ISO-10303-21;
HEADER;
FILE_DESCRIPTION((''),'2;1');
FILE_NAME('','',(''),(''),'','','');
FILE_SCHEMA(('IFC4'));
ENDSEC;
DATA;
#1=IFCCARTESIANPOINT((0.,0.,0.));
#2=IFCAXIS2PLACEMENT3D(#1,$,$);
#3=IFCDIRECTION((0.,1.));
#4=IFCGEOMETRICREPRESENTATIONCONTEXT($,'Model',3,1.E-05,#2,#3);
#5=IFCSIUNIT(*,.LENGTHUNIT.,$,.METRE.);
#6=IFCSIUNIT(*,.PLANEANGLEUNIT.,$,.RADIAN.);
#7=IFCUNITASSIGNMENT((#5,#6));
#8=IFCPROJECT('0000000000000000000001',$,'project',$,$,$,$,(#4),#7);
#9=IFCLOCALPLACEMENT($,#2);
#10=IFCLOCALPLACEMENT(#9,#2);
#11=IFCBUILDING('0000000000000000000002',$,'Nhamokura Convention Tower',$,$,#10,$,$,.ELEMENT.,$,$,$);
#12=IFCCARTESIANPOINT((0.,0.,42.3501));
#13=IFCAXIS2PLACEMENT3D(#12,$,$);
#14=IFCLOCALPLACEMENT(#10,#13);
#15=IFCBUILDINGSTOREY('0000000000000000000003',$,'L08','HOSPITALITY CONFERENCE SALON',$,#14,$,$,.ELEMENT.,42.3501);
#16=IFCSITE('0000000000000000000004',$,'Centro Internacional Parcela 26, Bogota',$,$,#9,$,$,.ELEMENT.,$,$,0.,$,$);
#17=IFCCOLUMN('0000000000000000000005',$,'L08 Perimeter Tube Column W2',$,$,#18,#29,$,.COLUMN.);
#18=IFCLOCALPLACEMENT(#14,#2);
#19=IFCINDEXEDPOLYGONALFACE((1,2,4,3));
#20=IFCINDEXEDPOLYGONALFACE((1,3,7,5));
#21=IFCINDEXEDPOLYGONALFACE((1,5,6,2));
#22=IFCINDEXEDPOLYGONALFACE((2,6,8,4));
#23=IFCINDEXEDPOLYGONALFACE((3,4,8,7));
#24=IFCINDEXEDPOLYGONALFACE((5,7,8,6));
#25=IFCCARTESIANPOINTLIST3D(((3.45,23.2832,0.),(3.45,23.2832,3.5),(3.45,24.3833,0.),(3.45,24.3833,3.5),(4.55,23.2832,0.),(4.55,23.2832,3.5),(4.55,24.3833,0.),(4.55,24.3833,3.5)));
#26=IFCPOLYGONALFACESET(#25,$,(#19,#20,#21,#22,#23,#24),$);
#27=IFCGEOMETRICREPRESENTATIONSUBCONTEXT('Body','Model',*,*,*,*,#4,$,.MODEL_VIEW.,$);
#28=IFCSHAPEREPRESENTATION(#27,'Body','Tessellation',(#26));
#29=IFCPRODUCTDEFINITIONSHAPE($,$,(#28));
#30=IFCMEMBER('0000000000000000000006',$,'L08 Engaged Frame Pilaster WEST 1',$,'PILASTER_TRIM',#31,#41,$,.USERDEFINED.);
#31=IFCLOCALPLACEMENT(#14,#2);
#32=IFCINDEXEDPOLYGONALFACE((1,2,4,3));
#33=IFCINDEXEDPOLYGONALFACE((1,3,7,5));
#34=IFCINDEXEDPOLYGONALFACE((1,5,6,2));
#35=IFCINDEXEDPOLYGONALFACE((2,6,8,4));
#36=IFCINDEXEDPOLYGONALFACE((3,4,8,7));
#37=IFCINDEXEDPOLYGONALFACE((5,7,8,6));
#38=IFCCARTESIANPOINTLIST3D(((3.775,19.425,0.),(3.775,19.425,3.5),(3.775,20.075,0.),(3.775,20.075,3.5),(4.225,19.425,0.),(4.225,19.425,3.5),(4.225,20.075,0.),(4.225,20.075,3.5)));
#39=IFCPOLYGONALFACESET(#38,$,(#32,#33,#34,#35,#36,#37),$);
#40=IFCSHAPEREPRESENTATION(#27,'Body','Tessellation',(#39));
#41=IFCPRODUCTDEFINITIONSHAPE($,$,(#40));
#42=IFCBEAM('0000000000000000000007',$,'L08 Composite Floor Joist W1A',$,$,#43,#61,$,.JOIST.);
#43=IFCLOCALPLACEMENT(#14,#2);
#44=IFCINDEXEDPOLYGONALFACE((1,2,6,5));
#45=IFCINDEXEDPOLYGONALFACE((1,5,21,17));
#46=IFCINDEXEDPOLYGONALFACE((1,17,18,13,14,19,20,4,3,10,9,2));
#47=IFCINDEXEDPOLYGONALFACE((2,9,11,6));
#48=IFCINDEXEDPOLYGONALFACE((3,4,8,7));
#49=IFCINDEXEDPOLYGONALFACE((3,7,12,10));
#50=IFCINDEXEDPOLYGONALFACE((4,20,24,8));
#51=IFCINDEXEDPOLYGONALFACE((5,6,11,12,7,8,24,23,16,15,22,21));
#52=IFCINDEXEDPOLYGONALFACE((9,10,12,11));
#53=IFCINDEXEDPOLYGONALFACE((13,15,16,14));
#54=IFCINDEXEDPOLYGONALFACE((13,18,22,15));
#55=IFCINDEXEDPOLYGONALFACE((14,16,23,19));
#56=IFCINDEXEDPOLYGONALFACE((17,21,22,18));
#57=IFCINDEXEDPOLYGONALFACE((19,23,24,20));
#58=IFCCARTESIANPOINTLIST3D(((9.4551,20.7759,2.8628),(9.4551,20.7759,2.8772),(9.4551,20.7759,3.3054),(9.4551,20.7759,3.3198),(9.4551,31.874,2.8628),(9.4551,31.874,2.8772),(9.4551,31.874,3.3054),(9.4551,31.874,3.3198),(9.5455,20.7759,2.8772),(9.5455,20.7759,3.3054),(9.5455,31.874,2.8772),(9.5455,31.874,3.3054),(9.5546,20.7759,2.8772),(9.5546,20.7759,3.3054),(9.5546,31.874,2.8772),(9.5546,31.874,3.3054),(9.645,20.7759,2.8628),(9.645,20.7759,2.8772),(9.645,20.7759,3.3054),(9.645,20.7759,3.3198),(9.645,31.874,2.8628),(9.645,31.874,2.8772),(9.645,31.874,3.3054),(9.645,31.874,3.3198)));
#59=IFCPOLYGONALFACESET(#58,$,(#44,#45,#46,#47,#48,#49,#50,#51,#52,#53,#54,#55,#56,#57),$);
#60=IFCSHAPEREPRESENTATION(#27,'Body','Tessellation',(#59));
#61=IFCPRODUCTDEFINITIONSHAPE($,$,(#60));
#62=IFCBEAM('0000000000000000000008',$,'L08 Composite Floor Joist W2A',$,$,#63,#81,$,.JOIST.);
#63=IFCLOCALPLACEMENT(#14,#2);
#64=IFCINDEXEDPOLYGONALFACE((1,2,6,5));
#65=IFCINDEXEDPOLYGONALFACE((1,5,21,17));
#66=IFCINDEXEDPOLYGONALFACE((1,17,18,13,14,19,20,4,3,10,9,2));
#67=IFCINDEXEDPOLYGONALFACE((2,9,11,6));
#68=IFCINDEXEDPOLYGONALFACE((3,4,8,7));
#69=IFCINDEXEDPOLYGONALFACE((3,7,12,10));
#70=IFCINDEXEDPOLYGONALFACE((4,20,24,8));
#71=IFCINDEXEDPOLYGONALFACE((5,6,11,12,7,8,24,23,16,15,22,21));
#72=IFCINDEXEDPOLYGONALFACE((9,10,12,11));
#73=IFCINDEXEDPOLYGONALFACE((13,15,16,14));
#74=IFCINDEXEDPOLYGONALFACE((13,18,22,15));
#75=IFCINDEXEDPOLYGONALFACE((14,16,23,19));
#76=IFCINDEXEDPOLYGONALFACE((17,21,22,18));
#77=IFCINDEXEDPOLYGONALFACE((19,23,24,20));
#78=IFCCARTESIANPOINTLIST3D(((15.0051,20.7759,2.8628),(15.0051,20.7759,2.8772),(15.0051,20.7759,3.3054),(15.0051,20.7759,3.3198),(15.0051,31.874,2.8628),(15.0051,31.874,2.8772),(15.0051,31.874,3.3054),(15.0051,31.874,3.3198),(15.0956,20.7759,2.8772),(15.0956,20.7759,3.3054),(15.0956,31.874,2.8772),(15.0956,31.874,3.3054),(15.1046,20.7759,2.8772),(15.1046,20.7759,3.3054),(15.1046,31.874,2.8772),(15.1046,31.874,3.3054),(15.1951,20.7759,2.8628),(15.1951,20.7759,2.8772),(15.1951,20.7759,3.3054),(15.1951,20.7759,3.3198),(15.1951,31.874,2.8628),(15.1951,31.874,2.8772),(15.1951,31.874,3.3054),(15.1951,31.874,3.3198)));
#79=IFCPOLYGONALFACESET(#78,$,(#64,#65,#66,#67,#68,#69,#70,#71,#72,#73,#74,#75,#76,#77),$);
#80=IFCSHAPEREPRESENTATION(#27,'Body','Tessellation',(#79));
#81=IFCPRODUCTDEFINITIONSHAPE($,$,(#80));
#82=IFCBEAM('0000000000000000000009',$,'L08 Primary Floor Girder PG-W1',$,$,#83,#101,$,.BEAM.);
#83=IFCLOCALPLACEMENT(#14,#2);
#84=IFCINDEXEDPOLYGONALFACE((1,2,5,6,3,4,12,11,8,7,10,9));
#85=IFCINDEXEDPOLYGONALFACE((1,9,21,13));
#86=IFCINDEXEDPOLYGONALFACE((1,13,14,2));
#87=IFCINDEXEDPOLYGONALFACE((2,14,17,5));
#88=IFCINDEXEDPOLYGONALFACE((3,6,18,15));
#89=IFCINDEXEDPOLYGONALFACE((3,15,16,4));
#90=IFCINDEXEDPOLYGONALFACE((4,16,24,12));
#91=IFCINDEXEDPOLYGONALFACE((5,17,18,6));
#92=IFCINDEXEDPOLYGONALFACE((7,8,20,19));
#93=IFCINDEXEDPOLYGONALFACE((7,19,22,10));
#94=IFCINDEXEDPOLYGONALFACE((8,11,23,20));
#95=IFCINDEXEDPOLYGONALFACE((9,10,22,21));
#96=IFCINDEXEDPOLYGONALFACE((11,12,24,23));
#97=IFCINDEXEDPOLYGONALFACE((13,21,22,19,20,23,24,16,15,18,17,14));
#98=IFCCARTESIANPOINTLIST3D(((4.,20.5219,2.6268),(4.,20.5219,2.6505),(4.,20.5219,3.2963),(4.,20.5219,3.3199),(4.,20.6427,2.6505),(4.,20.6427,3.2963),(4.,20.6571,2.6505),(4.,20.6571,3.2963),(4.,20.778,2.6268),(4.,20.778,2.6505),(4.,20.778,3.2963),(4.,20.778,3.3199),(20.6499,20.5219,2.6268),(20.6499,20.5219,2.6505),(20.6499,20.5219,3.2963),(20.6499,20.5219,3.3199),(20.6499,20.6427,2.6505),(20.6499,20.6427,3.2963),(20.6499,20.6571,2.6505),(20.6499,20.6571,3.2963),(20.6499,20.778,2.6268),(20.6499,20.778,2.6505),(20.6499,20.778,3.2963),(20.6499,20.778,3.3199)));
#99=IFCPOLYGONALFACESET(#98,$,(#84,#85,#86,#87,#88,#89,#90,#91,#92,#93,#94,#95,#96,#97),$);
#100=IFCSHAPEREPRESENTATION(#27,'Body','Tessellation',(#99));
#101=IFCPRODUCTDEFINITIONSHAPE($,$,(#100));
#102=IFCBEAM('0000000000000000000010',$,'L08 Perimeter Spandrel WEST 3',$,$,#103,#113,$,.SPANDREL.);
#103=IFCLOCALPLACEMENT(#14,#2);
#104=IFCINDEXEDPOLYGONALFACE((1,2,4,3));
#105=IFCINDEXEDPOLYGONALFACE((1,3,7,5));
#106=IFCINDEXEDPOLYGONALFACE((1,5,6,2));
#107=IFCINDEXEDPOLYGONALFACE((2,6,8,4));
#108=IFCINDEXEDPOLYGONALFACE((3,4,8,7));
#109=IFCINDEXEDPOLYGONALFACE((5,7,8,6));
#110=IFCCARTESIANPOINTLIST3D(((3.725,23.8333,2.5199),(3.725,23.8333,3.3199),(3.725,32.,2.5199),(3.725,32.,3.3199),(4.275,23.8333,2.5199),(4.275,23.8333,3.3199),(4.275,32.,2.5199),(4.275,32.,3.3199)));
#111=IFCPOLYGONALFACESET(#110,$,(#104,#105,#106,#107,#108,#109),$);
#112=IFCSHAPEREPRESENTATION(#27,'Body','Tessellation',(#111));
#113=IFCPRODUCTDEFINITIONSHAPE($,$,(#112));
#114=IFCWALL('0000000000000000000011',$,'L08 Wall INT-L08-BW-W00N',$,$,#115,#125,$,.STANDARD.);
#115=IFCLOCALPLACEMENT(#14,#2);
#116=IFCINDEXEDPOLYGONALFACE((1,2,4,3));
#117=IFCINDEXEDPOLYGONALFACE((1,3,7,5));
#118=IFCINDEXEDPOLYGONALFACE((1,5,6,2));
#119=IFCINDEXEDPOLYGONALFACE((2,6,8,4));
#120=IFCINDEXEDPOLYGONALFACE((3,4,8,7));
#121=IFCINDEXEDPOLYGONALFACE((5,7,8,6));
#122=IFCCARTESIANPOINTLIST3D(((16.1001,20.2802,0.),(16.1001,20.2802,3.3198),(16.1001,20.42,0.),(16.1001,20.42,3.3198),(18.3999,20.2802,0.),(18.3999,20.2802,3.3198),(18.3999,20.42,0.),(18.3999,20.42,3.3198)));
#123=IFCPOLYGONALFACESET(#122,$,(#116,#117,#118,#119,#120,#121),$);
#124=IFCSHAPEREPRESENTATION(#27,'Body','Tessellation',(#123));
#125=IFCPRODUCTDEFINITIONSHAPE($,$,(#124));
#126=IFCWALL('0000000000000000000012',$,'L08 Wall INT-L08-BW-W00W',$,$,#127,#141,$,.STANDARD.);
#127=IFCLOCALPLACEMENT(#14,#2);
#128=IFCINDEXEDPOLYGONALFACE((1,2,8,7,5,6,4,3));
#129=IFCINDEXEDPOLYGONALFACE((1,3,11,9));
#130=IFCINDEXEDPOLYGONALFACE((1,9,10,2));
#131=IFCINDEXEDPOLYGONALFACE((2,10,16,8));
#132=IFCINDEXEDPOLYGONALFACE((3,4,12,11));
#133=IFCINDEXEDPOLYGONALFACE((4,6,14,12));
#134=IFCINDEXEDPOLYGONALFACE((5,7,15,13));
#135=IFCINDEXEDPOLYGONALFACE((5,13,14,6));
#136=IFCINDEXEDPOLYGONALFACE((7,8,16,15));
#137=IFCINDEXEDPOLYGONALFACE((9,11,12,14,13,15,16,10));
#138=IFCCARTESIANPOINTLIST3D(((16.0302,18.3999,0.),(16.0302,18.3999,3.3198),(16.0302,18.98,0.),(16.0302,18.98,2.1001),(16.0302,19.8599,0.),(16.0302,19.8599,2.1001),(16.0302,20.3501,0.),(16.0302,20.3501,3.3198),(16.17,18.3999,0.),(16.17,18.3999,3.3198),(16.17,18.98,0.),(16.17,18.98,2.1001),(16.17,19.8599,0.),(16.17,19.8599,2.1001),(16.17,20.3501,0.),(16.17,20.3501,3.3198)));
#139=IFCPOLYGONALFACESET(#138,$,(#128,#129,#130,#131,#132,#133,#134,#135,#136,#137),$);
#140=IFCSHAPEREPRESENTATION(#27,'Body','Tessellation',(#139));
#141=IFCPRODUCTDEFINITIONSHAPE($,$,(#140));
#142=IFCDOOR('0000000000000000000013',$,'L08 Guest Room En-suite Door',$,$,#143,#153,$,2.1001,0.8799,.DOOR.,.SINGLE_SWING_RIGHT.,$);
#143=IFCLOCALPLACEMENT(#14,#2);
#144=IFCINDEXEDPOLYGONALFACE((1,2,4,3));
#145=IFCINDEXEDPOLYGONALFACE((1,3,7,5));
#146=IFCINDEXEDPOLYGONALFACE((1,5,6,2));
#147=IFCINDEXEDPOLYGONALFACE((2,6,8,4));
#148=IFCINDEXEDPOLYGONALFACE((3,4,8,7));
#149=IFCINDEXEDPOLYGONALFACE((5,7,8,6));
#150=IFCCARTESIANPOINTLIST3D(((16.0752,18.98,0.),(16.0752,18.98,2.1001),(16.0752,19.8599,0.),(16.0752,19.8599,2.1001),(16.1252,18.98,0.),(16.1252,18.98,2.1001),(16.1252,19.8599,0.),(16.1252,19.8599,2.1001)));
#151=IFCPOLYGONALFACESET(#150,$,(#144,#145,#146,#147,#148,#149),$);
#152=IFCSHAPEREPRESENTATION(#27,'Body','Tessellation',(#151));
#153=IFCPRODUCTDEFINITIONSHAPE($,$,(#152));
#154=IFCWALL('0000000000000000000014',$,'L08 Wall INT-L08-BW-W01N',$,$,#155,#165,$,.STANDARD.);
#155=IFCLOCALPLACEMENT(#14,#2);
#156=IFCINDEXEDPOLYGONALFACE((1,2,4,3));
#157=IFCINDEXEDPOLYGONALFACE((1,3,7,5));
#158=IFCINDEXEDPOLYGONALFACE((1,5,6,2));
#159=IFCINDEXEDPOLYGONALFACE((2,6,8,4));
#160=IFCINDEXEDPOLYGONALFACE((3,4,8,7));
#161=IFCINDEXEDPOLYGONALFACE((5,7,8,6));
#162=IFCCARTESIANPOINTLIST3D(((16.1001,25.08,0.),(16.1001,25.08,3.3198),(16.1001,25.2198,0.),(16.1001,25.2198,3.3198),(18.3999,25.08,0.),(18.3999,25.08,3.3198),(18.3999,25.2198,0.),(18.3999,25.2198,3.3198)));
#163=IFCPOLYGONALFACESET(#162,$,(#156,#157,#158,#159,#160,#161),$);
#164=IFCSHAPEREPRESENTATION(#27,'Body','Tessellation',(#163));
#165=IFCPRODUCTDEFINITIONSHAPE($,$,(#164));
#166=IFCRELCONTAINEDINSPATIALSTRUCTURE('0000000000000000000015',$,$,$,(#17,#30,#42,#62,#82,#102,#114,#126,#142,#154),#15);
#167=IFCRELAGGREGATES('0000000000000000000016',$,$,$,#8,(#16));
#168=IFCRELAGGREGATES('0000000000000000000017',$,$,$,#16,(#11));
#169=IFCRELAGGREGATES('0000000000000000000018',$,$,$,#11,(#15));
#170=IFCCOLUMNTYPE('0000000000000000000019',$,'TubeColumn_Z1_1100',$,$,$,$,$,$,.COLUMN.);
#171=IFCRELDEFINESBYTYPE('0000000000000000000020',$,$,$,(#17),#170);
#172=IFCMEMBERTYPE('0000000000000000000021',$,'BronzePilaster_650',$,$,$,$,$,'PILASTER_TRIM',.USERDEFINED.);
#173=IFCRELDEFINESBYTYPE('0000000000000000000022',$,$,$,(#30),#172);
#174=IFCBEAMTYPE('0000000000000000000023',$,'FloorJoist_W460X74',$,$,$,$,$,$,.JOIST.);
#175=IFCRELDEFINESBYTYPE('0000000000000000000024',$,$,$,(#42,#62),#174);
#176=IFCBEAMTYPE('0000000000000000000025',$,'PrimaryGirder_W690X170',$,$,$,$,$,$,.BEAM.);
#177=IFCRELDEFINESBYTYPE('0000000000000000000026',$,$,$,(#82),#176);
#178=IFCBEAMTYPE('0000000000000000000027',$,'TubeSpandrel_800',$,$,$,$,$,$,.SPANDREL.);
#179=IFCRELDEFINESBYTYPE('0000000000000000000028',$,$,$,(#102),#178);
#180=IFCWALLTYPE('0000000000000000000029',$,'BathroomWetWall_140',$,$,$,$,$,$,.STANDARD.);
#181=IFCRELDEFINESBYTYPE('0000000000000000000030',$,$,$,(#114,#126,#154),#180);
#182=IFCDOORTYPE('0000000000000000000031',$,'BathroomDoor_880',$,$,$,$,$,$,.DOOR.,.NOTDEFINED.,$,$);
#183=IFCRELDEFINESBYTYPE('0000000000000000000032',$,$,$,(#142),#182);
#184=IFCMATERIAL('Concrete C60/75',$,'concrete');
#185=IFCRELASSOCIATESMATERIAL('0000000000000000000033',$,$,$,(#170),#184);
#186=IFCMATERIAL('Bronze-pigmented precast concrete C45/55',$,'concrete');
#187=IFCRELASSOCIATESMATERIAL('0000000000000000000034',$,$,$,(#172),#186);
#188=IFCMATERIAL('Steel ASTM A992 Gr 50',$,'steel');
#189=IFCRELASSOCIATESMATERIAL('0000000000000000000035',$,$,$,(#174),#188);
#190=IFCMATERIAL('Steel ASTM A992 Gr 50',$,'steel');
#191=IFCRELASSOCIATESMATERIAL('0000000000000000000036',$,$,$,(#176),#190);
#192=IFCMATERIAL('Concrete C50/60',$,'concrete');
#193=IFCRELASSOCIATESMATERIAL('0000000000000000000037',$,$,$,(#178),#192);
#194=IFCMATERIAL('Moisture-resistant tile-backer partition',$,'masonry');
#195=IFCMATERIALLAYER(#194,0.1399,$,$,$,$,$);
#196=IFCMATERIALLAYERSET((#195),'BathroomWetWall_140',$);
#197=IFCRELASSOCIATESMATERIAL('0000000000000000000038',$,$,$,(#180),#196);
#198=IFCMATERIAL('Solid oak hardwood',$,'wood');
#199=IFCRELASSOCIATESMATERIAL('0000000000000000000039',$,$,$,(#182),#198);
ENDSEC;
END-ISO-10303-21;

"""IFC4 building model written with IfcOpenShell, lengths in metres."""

from ifc_helpers import new_model, si_unit, direction, frame, frame_2d, origin, origin_2d, place, context, subcontext, project, spatial, rectangle, i_section, extrude, material, layer, layer_set, material_profile, profile_set, type_object, element, fill, save


model = new_model("IFC4")

# Units and contexts
model_context = context("Model", 3, precision=1e-05, world=origin(), true_north=direction((0.0, 1.0)))
body_context = subcontext(model_context, "Body", "Model", "MODEL_VIEW")
ifc_project = project(units=[si_unit("LENGTHUNIT", "METRE"), si_unit("PLANEANGLEUNIT", "RADIAN")], contexts=[model_context])

# Site, building, storey
site_placement = place(None, origin())
site = spatial("IfcSite", under=ifc_project, at=site_placement, Name="Centro Internacional Parcela 26, Bogota", CompositionType="ELEMENT", RefElevation=0.0)
building_placement = place(site_placement, origin())
building = spatial("IfcBuilding", under=site, at=building_placement, Name="Nhamokura Convention Tower", CompositionType="ELEMENT")
storey_placement = place(building_placement, frame((0.0, 0.0, 42.3501)))
storey = spatial("IfcBuildingStorey", under=building, at=storey_placement, Name="L08", Description="HOSPITALITY CONFERENCE SALON", CompositionType="ELEMENT", Elevation=42.3501)

# Column
ifc_material_1 = material(Name="Concrete C60/75", Category="concrete")
ifc_material_profile_1 = material_profile(ifc_material_1, rectangle(XDim=1.1001, YDim=1.1001, at=origin_2d()))
ifc_profile_set_1 = profile_set([ifc_material_profile_1], Name="Concrete C60/75")
column_type = type_object("IfcColumnType", Name="TubeColumn_Z1_1100", PredefinedType="COLUMN", material=ifc_profile_set_1)
column_placement = place(storey_placement, frame((4.0, 23.8333, 0.0), z_axis=(0.0, 0.0, 1.0), x_axis=(1.0, 0.0, 0.0)))
element("IfcColumn", 1, at=column_placement, inside=storey, type_object=column_type, Name="L08 Perimeter Tube Column W2", PredefinedType="COLUMN", context=body_context, shape_type="SweptSolid", body=[
    extrude(rectangle(XDim=1.1001, YDim=1.1001, at=origin_2d()), origin(), (0.0, 0.0, 1.0), 3.5),
])

# Member
ifc_material_2 = material(Name="Bronze-pigmented precast concrete C45/55", Category="concrete")
ifc_material_profile_2 = material_profile(ifc_material_2, rectangle(XDim=0.45, YDim=0.6499, at=origin_2d()))
ifc_profile_set_2 = profile_set([ifc_material_profile_2], Name="Bronze-pigmented precast concrete C45/55")
member_type = type_object("IfcMemberType", Name="BronzePilaster_650", ElementType="PILASTER_TRIM", PredefinedType="USERDEFINED", material=ifc_profile_set_2)
member_placement = place(storey_placement, frame((4.0, 19.75, 0.0), z_axis=(0.0, 0.0, 1.0), x_axis=(1.0, 0.0, 0.0)))
element("IfcMember", 2, at=member_placement, inside=storey, type_object=member_type, Name="L08 Engaged Frame Pilaster WEST 1", ObjectType="PILASTER_TRIM", PredefinedType="USERDEFINED", context=body_context, shape_type="SweptSolid", body=[
    extrude(rectangle(XDim=0.45, YDim=0.6499, at=origin_2d()), origin(), (0.0, 0.0, 1.0), 3.5),
])

# Beams
ifc_material_3 = material(Name="Steel ASTM A992 Gr 50", Category="steel")
ifc_material_profile_3 = material_profile(ifc_material_3, i_section(OverallWidth=0.1899, OverallDepth=0.457, WebThickness=0.009, FlangeThickness=0.0144, at=origin_2d()))
ifc_profile_set_3 = profile_set([ifc_material_profile_3], Name="Steel ASTM A992 Gr 50")
beam_type_1 = type_object("IfcBeamType", Name="FloorJoist_W460X74", PredefinedType="JOIST", material=ifc_profile_set_3)
for number, where, z_axis, x_axis, name in (
    (3, (9.55, 20.7759, 3.0913), (0.0, 1.0, 0.0), (-1.0, 0.0, 0.0), "L08 Composite Floor Joist W1A"),
    (4, (15.1001, 20.7759, 3.0913), (0.0, 1.0, 0.0), (-1.0, 0.0, 0.0), "L08 Composite Floor Joist W2A"),
):
    element("IfcBeam", number, at=place(storey_placement, frame(where, z_axis=z_axis, x_axis=x_axis)), inside=storey, type_object=beam_type_1, Name=name, PredefinedType="JOIST", context=body_context, shape_type="SweptSolid", body=[
        extrude(i_section(OverallWidth=0.1899, OverallDepth=0.457, WebThickness=0.009, FlangeThickness=0.0144, at=origin_2d()), origin(), (0.0, 0.0, 1.0), 11.0981),
    ])
ifc_material_4 = material(Name="Steel ASTM A992 Gr 50", Category="steel")
ifc_material_profile_4 = material_profile(ifc_material_4, i_section(OverallWidth=0.2561, OverallDepth=0.6931, WebThickness=0.0144, FlangeThickness=0.0237, at=origin_2d()))
ifc_profile_set_4 = profile_set([ifc_material_profile_4], Name="Steel ASTM A992 Gr 50")
beam_type_2 = type_object("IfcBeamType", Name="PrimaryGirder_W690X170", PredefinedType="BEAM", material=ifc_profile_set_4)
beam_1_placement = place(storey_placement, frame((4.0, 20.6499, 2.9734), z_axis=(1.0, 0.0, 0.0), x_axis=(0.0, 1.0, 0.0)))
element("IfcBeam", 5, at=beam_1_placement, inside=storey, type_object=beam_type_2, Name="L08 Primary Floor Girder PG-W1", PredefinedType="BEAM", context=body_context, shape_type="SweptSolid", body=[
    extrude(i_section(OverallWidth=0.2561, OverallDepth=0.6931, WebThickness=0.0144, FlangeThickness=0.0237, at=origin_2d()), origin(), (0.0, 0.0, 1.0), 16.6499),
])
ifc_material_5 = material(Name="Concrete C50/60", Category="concrete")
ifc_material_profile_5 = material_profile(ifc_material_5, rectangle(XDim=0.55, YDim=0.8, at=origin_2d()))
ifc_profile_set_5 = profile_set([ifc_material_profile_5], Name="Concrete C50/60")
beam_type_3 = type_object("IfcBeamType", Name="TubeSpandrel_800", PredefinedType="SPANDREL", material=ifc_profile_set_5)
beam_2_placement = place(storey_placement, frame((4.0, 23.8333, 2.9199), z_axis=(0.0, 1.0, 0.0), x_axis=(-1.0, 0.0, 0.0)))
element("IfcBeam", 6, at=beam_2_placement, inside=storey, type_object=beam_type_3, Name="L08 Perimeter Spandrel WEST 3", PredefinedType="SPANDREL", context=body_context, shape_type="SweptSolid", body=[
    extrude(rectangle(XDim=0.55, YDim=0.8, at=origin_2d()), origin(), (0.0, 0.0, 1.0), 8.1667),
])

# Wall
ifc_material_6 = material(Name="Moisture-resistant tile-backer partition", Category="masonry")
ifc_layer_1 = layer(ifc_material_6, 0.1399)
ifc_layer_set_1 = layer_set([ifc_layer_1], Name="BathroomWetWall_140")
wall_type_1 = type_object("IfcWallType", Name="BathroomWetWall_140", PredefinedType="STANDARD", material=ifc_layer_set_1)
wall_1_placement = place(storey_placement, frame((16.1001, 20.3501, 0.0), z_axis=(0.0, 0.0, 1.0), x_axis=(1.0, 0.0, 0.0)))
element("IfcWall", 7, at=wall_1_placement, inside=storey, type_object=wall_type_1, Name="L08 Wall INT-L08-BW-W00N", PredefinedType="STANDARD", context=body_context, shape_type="SweptSolid", body=[
    extrude(rectangle(XDim=2.2998, YDim=0.1399, at=frame_2d((1.1499, 0.0))), origin(), (0.0, 0.0, 1.0), 3.3198),
])

# Wall, opening, door
wall_2_placement = place(storey_placement, frame((16.1001, 18.3999, 0.0), z_axis=(0.0, 0.0, 1.0), x_axis=(0.0, 1.0, 0.0)))
wall_2 = element("IfcWall", 8, at=wall_2_placement, inside=storey, type_object=wall_type_1, Name="L08 Wall INT-L08-BW-W00W", PredefinedType="STANDARD", context=body_context, shape_type="SweptSolid", body=[
    extrude(rectangle(XDim=1.9502, YDim=0.1399, at=frame_2d((0.9751, 0.0))), origin(), (0.0, 0.0, 1.0), 3.3198),
])
opening_1_placement = place(wall_2_placement, frame((0.5801, 0.0, 0.0)))
opening_1 = element("IfcOpeningElement", 9, at=opening_1_placement, cuts=wall_2, PredefinedType="OPENING", context=body_context, shape_type="SweptSolid", body=[
    extrude(rectangle(XDim=0.8799, YDim=2.1001, at=frame_2d((0.4399, 1.05))), frame((0.0, 0.0798, 0.0), z_axis=(0.0, -1.0, 0.0), x_axis=(1.0, 0.0, 0.0)), (0.0, 0.0, 1.0), 0.1599),
])
ifc_material_7 = material(Name="Solid oak hardwood", Category="wood")
door_type_1 = type_object("IfcDoorType", Name="BathroomDoor_880", OperationType="NOTDEFINED", PredefinedType="DOOR", material=ifc_material_7)
door_1_placement = place(opening_1_placement, origin())
door_1 = element("IfcDoor", 10, at=door_1_placement, inside=storey, type_object=door_type_1, Name="L08 Guest Room En-suite Door", OperationType="SINGLE_SWING_RIGHT", OverallHeight=2.1001, OverallWidth=0.8799, PredefinedType="DOOR", context=body_context, shape_type="SweptSolid", body=[
    extrude(rectangle(XDim=0.8799, YDim=2.1001, at=frame_2d((0.4399, 1.05))), frame((0.0, 0.0249, 0.0), z_axis=(0.0, -1.0, 0.0), x_axis=(1.0, 0.0, 0.0)), (0.0, 0.0, 1.0), 0.05),
])
fill(opening_1, door_1)

# Wall
wall_3_placement = place(storey_placement, frame((16.1001, 25.1499, 0.0), z_axis=(0.0, 0.0, 1.0), x_axis=(1.0, 0.0, 0.0)))
element("IfcWall", 11, at=wall_3_placement, inside=storey, type_object=wall_type_1, Name="L08 Wall INT-L08-BW-W01N", PredefinedType="STANDARD", context=body_context, shape_type="SweptSolid", body=[
    extrude(rectangle(XDim=2.2998, YDim=0.1399, at=frame_2d((1.1499, 0.0))), origin(), (0.0, 0.0, 1.0), 3.3198),
])

save(model, "model.ifc")
